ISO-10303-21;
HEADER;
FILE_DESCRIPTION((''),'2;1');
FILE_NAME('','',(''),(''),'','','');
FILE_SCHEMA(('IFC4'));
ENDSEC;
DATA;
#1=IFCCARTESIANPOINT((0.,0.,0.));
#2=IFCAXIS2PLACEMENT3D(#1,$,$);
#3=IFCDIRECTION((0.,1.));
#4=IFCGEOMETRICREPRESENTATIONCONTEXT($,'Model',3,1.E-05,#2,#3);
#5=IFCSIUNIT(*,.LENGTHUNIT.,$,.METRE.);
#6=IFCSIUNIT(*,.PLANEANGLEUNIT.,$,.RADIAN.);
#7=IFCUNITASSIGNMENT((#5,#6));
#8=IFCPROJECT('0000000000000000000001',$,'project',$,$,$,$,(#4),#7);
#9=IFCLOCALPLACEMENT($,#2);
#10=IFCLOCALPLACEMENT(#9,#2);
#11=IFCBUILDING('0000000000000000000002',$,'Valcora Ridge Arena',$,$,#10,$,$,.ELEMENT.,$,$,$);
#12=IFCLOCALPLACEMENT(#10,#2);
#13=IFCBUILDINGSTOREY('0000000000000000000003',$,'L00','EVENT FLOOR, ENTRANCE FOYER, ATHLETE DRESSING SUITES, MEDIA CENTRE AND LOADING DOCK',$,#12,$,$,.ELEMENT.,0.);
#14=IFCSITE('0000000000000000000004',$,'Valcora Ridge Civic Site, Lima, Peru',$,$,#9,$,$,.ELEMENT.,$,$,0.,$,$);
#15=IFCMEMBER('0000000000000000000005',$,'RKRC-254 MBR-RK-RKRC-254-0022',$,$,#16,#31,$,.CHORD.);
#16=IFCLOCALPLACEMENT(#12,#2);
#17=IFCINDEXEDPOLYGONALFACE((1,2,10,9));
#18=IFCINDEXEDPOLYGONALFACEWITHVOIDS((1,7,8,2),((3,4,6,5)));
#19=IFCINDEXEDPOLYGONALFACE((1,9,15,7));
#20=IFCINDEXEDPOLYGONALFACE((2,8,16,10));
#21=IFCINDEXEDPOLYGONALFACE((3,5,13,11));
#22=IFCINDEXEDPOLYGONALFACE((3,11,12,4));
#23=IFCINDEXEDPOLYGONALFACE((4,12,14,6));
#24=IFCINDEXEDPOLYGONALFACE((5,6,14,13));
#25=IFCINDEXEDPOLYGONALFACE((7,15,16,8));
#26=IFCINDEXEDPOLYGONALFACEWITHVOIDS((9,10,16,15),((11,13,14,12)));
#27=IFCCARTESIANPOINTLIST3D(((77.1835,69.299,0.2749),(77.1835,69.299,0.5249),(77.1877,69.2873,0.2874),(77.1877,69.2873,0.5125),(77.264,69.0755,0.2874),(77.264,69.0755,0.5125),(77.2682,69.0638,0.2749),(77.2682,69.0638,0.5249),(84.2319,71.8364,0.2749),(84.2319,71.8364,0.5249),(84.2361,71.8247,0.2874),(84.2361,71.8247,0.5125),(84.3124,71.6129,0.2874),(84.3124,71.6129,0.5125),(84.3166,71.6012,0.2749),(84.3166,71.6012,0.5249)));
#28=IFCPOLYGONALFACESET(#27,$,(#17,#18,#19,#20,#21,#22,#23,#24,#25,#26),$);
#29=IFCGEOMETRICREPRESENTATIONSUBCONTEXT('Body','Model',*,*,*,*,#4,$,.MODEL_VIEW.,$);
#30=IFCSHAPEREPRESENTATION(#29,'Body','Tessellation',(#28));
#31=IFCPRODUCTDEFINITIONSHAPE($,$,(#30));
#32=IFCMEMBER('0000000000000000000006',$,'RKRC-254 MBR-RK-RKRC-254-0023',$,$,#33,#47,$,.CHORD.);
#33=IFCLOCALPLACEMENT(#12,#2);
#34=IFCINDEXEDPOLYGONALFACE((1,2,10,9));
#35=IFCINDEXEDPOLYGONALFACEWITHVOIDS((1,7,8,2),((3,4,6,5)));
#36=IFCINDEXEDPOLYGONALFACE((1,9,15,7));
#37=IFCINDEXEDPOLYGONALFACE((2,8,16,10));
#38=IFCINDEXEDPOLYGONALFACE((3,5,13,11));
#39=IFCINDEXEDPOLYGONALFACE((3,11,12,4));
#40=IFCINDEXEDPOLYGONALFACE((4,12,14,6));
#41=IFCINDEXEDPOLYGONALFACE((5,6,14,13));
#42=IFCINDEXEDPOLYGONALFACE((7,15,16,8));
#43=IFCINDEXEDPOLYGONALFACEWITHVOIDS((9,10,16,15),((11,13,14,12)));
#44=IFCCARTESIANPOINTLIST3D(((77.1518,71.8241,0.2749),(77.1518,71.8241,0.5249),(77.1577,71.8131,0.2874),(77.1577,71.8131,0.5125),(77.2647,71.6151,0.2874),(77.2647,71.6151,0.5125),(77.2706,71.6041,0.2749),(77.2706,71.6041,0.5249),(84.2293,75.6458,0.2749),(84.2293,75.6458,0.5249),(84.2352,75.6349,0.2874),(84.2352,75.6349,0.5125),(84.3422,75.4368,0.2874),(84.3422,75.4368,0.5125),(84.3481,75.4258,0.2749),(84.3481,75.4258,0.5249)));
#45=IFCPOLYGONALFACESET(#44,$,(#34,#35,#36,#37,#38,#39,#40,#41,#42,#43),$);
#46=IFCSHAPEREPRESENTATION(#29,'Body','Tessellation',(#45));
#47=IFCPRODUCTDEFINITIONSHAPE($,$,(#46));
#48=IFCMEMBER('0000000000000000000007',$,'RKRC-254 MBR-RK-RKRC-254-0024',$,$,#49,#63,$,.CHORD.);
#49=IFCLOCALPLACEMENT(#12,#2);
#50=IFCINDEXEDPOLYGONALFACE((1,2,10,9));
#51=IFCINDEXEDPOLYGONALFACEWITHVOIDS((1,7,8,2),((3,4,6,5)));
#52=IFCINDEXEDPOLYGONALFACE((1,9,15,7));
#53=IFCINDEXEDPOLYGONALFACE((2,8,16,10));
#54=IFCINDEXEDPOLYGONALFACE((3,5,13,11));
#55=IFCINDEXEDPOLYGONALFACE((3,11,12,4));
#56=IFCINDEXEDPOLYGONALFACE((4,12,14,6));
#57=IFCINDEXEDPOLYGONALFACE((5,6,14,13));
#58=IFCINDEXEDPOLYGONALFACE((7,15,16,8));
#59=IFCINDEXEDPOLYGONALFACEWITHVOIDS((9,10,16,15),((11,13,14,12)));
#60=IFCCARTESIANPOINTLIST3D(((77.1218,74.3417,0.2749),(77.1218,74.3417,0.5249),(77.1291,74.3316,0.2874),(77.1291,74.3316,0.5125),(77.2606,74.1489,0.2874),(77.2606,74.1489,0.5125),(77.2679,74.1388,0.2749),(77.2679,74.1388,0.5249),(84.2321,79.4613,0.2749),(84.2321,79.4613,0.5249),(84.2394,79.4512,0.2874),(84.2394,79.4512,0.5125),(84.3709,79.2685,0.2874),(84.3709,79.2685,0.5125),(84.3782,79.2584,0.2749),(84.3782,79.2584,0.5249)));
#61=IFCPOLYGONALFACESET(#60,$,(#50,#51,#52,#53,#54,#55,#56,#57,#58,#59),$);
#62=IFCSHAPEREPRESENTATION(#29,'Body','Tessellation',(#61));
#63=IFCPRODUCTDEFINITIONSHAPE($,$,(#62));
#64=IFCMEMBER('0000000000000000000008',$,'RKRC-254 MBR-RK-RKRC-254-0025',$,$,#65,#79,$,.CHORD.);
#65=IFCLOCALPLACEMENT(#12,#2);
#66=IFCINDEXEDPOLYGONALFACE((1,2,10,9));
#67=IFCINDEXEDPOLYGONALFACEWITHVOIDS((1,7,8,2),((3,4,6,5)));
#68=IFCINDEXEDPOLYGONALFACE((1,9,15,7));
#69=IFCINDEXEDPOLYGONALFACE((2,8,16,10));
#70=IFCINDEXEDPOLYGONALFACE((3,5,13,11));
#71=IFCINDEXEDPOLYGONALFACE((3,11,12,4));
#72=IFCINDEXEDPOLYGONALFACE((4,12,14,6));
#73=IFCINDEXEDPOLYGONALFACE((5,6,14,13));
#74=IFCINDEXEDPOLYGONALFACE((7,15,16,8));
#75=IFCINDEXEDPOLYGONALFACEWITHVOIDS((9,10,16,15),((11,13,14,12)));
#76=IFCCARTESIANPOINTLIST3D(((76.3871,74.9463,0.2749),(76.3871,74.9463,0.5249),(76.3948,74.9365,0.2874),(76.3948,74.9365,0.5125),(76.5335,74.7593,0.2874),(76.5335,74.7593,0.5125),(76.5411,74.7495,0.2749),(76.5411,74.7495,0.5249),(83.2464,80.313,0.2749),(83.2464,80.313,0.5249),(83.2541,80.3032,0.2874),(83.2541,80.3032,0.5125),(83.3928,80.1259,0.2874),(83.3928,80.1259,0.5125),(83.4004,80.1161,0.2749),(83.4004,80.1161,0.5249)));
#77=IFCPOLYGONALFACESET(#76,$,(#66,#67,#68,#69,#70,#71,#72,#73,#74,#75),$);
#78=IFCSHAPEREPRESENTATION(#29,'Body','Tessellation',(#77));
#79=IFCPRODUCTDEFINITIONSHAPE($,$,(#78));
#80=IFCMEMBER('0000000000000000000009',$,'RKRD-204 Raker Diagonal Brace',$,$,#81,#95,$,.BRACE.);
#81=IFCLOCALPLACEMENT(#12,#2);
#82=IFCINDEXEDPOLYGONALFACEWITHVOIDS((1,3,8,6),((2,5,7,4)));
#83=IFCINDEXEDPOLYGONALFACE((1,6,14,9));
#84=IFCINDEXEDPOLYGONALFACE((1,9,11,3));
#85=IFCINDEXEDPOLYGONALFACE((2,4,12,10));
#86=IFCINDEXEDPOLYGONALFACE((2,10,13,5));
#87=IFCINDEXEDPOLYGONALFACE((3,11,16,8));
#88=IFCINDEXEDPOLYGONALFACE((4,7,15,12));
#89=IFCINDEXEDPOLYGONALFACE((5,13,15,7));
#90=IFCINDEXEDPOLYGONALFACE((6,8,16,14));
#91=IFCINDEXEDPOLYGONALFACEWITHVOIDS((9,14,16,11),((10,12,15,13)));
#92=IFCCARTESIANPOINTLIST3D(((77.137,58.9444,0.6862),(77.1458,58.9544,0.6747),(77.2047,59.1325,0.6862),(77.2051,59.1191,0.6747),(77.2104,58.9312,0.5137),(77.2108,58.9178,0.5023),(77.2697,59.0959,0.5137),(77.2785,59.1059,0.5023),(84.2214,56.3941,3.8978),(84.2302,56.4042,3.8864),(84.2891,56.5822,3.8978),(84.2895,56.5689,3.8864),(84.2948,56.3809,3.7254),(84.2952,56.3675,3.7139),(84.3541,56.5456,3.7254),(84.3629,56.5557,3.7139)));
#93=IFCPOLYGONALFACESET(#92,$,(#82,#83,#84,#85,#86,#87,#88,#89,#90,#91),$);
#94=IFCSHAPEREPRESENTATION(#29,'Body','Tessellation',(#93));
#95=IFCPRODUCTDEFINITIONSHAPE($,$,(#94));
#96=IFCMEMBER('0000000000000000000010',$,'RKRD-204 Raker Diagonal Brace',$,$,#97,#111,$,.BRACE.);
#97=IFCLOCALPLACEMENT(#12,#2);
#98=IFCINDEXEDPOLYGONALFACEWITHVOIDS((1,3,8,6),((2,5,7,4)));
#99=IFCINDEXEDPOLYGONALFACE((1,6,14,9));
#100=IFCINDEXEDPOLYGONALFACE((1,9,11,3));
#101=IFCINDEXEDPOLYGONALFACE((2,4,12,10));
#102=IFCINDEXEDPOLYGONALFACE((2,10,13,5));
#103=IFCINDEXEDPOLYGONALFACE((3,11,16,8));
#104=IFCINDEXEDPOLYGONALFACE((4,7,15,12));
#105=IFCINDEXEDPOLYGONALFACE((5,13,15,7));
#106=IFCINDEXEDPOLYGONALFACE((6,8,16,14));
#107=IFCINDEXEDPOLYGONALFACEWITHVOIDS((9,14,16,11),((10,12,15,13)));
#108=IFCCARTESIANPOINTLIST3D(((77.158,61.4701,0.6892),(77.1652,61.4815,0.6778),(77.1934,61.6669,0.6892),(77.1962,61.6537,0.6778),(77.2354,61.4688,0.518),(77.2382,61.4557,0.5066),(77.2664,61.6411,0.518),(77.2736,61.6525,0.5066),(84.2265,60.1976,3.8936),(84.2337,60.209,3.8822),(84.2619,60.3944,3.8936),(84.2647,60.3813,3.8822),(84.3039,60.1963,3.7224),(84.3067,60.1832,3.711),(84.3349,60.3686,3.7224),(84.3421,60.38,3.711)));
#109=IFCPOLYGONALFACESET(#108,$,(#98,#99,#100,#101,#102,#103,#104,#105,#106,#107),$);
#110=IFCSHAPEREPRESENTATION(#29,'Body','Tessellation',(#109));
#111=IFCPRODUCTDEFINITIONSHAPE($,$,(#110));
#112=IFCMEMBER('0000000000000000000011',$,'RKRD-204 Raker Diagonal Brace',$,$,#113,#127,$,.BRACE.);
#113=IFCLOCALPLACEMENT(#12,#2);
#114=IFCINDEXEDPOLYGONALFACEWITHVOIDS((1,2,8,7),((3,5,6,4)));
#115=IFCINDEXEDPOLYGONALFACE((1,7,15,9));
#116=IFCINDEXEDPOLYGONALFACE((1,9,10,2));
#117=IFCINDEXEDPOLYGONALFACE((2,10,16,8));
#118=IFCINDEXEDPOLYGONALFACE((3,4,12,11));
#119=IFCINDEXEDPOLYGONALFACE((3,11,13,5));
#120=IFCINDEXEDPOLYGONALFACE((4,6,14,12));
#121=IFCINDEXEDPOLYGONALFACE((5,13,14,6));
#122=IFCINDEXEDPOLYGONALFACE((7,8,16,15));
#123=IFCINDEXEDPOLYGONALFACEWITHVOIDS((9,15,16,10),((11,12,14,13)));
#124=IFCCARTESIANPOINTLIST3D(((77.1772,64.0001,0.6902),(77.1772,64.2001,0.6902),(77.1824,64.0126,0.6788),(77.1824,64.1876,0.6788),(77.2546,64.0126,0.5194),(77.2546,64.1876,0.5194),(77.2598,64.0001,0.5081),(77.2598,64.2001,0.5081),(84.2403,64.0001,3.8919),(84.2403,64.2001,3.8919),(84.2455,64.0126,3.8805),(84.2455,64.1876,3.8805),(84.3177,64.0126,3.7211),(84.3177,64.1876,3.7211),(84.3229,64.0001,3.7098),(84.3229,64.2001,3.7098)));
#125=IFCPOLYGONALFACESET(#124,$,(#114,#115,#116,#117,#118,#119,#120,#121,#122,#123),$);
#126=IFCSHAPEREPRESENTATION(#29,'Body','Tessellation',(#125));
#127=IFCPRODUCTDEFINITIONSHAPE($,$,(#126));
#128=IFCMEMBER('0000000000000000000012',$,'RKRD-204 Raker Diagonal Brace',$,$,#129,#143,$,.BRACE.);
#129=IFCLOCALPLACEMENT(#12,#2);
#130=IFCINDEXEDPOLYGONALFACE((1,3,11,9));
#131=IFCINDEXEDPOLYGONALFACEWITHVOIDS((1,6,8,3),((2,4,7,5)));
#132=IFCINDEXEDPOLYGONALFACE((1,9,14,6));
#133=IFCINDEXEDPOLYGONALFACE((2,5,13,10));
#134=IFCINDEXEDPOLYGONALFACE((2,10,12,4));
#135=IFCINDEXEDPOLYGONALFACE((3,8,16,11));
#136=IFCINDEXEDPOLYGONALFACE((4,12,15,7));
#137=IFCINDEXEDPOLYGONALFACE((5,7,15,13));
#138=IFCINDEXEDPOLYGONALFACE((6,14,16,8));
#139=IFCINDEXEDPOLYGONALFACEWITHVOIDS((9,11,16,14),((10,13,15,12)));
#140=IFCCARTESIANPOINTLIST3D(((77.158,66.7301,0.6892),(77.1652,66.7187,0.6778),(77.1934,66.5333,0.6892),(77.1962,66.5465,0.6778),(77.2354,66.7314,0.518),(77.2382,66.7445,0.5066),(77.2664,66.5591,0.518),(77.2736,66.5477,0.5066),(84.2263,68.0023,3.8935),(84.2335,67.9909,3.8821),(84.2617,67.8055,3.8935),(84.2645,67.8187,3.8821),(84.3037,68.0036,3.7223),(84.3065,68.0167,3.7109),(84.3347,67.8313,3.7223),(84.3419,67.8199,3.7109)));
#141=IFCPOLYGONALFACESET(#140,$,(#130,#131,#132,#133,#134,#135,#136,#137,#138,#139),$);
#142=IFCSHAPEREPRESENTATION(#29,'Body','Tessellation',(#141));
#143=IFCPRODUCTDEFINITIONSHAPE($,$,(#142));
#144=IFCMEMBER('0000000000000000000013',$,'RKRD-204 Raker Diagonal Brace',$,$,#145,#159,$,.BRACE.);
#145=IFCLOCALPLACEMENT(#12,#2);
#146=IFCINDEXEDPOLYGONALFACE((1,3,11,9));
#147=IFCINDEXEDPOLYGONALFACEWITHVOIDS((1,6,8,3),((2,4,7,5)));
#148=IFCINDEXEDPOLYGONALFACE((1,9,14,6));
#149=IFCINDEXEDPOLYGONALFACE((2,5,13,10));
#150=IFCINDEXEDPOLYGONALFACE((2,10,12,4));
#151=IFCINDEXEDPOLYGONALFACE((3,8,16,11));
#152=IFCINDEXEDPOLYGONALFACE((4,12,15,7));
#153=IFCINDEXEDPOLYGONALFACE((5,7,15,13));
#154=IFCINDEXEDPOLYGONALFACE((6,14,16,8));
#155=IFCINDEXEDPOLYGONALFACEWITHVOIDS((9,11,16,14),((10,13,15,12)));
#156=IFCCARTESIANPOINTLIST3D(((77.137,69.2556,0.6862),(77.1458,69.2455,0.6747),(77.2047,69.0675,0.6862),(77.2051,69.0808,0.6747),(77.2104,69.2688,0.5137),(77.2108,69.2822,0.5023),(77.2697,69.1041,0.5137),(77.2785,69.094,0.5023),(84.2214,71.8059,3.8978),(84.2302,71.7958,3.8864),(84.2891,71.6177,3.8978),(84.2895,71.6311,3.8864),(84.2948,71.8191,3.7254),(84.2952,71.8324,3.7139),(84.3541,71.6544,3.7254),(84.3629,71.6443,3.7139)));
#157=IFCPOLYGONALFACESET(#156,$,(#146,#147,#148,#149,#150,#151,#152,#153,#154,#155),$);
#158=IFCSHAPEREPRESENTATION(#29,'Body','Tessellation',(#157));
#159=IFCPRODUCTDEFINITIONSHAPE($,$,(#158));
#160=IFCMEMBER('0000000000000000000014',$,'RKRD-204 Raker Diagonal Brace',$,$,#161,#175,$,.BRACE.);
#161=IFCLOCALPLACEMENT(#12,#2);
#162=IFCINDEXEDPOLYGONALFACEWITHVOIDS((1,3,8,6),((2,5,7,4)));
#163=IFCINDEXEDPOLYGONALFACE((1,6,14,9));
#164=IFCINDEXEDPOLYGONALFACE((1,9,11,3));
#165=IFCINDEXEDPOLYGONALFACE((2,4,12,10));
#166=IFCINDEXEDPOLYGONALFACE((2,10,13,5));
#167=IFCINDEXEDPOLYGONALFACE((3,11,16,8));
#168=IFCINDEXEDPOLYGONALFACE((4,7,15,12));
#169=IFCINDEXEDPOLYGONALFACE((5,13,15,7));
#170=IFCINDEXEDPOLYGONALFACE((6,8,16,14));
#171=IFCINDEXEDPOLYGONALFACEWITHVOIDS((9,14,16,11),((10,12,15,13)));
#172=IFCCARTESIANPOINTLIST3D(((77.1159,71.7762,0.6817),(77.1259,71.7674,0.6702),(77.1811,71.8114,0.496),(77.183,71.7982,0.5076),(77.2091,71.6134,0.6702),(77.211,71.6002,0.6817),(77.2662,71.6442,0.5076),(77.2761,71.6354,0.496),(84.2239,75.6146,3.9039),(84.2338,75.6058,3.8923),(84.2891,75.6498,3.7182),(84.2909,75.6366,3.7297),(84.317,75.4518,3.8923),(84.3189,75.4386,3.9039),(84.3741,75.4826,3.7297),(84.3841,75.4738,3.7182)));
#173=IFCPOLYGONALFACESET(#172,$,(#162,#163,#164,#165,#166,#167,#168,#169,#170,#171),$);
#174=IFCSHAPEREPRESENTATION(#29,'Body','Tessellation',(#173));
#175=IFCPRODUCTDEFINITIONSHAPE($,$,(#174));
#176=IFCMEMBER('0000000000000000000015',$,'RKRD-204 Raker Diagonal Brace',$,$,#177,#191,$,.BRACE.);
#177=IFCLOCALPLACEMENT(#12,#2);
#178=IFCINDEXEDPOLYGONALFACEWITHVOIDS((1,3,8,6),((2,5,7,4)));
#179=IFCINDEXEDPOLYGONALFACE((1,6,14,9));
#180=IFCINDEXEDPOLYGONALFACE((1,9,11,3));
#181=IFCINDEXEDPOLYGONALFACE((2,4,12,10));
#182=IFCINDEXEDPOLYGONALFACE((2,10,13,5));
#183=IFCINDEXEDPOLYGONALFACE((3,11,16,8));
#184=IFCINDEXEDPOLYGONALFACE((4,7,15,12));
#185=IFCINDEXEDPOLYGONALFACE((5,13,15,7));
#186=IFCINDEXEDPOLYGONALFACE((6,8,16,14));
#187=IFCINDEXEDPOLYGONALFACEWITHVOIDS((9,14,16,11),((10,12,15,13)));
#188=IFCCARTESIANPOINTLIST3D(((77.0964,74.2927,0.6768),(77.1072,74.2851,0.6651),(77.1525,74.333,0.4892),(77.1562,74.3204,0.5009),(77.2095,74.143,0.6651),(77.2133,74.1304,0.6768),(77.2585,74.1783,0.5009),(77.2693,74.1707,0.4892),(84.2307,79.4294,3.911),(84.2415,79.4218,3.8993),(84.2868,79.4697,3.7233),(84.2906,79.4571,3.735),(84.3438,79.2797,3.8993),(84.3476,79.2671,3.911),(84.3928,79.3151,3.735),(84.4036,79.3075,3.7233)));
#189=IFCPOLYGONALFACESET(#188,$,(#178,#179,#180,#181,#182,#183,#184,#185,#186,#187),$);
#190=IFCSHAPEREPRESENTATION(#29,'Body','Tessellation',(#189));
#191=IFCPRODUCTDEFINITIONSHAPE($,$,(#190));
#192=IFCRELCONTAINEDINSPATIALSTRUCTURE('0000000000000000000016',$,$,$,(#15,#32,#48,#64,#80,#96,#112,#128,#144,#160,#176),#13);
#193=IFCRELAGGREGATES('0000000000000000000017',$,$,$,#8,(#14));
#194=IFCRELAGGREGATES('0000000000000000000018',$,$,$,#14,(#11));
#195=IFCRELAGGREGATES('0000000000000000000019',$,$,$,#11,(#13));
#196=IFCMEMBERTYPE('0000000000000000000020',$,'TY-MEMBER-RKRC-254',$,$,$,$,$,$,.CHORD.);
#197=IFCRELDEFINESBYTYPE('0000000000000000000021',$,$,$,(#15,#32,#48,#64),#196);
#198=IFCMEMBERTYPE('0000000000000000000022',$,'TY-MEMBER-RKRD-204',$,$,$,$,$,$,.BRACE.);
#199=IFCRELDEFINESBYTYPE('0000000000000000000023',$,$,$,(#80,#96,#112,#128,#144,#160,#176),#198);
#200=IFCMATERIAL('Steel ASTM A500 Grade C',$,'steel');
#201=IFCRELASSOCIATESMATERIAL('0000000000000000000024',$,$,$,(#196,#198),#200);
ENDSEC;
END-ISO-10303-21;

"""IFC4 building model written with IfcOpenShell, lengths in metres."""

from ifc_helpers import new_model, si_unit, direction, frame, origin, origin_2d, place, context, subcontext, project, spatial, hollow_rectangle, extrude, material, material_profile, profile_set, type_object, element, save


model = new_model("IFC4")

# Units and contexts
model_context = context("Model", 3, precision=1e-05, world=origin(), true_north=direction((0.0, 1.0)))
body_context = subcontext(model_context, "Body", "Model", "MODEL_VIEW")
ifc_project = project(units=[si_unit("LENGTHUNIT", "METRE"), si_unit("PLANEANGLEUNIT", "RADIAN")], contexts=[model_context])

# Site, building, storey
site_placement = place(None, origin())
site = spatial("IfcSite", under=ifc_project, at=site_placement, Name="Valcora Ridge Civic Site, Lima, Peru", CompositionType="ELEMENT", RefElevation=0.0)
building_placement = place(site_placement, origin())
building = spatial("IfcBuilding", under=site, at=building_placement, Name="Valcora Ridge Arena", CompositionType="ELEMENT")
storey_placement = place(building_placement, origin())
storey = spatial("IfcBuildingStorey", under=building, at=storey_placement, Name="L00", Description="EVENT FLOOR, ENTRANCE FOYER, ATHLETE DRESSING SUITES, MEDIA CENTRE AND LOADING DOCK", CompositionType="ELEMENT", Elevation=0.0)

# Members
ifc_material_1 = material(Name="Steel ASTM A500 Grade C", Category="steel")
ifc_material_profile_1 = material_profile(ifc_material_1, hollow_rectangle(XDim=0.25, YDim=0.25, WallThickness=0.0125, at=origin_2d()), Name="HSS250X250X12")
ifc_profile_set_1 = profile_set([ifc_material_profile_1], Name="Steel ASTM A500 Grade C")
member_type_1 = type_object("IfcMemberType", Name="TY-MEMBER-RKRC-254", PredefinedType="CHORD", material=ifc_profile_set_1)
member_1_placement = place(storey_placement, frame((77.2258, 69.1814, 0.3999), z_axis=(0.940889, 0.338714, 0.0), x_axis=(-0.338714, 0.940889, 0.0)))
element("IfcMember", 1, at=member_1_placement, inside=storey, type_object=member_type_1, Name="RKRC-254 MBR-RK-RKRC-254-0022", PredefinedType="CHORD", context=body_context, shape_type="SweptSolid", body=[
    extrude(hollow_rectangle(XDim=0.25, YDim=0.25, WallThickness=0.0125, at=origin_2d()), origin(), (0.0, 0.0, 1.0), 7.4912),
])
member_2_placement = place(storey_placement, frame((77.2112, 71.7141, 0.3999), z_axis=(0.879913, 0.475135, 0.0), x_axis=(-0.475135, 0.879913, 0.0)))
element("IfcMember", 2, at=member_2_placement, inside=storey, type_object=member_type_1, Name="RKRC-254 MBR-RK-RKRC-254-0023", PredefinedType="CHORD", context=body_context, shape_type="SweptSolid", body=[
    extrude(hollow_rectangle(XDim=0.25, YDim=0.25, WallThickness=0.0125, at=origin_2d()), origin(), (0.0, 0.0, 1.0), 8.0435),
])
member_3_placement = place(storey_placement, frame((77.1948, 74.2402, 0.3999), z_axis=(0.811525, 0.584318, 0.0), x_axis=(-0.584318, 0.811525, 0.0)))
element("IfcMember", 3, at=member_3_placement, inside=storey, type_object=member_type_1, Name="RKRC-254 MBR-RK-RKRC-254-0024", PredefinedType="CHORD", context=body_context, shape_type="SweptSolid", body=[
    extrude(hollow_rectangle(XDim=0.25, YDim=0.25, WallThickness=0.0125, at=origin_2d()), origin(), (0.0, 0.0, 1.0), 8.7617),
])
member_4_placement = place(storey_placement, frame((76.4641, 74.8479, 0.3999), z_axis=(0.787589, 0.616201, 0.0), x_axis=(-0.616201, 0.787589, 0.0)))
element("IfcMember", 4, at=member_4_placement, inside=storey, type_object=member_type_1, Name="RKRC-254 MBR-RK-RKRC-254-0025", PredefinedType="CHORD", context=body_context, shape_type="SweptSolid", body=[
    extrude(hollow_rectangle(XDim=0.25, YDim=0.25, WallThickness=0.0125, at=origin_2d()), origin(), (0.0, 0.0, 1.0), 8.7092),
])
ifc_material_profile_2 = material_profile(ifc_material_1, hollow_rectangle(XDim=0.2, YDim=0.2, WallThickness=0.0125, at=origin_2d()), Name="HSS200X200X12")
ifc_profile_set_2 = profile_set([ifc_material_profile_2], Name="Steel ASTM A500 Grade C")
member_type_2 = type_object("IfcMemberType", Name="TY-MEMBER-RKRD-204", PredefinedType="BRACE", material=ifc_profile_set_2)
member_5_placement = place(storey_placement, frame((77.2078, 59.0251, 0.5942), z_axis=(0.865451, -0.311548, 0.392343), x_axis=(0.338706, 0.940892, 0.0)))
element("IfcMember", 5, at=member_5_placement, inside=storey, type_object=member_type_2, Name="RKRD-204 Raker Diagonal Brace", PredefinedType="BRACE", context=body_context, shape_type="SweptSolid", body=[
    extrude(hollow_rectangle(XDim=0.2, YDim=0.2, WallThickness=0.0125, at=origin_2d()), origin(), (0.0, 0.0, 1.0), 8.1858),
])
member_6_placement = place(storey_placement, frame((77.2158, 61.5613, 0.5979), z_axis=(0.89878, -0.1618, 0.40745), x_axis=(0.177174, 0.98418, 0.0)))
element("IfcMember", 6, at=member_6_placement, inside=storey, type_object=member_type_2, Name="RKRD-204 Raker Diagonal Brace", PredefinedType="BRACE", context=body_context, shape_type="SweptSolid", body=[
    extrude(hollow_rectangle(XDim=0.2, YDim=0.2, WallThickness=0.0125, at=origin_2d()), origin(), (0.0, 0.0, 1.0), 7.8645),
])
member_7_placement = place(storey_placement, frame((77.2185, 64.1001, 0.5991), z_axis=(0.910793, 0.0, 0.412863), x_axis=(0.0, 1.0, 0.0)))
element("IfcMember", 7, at=member_7_placement, inside=storey, type_object=member_type_2, Name="RKRD-204 Raker Diagonal Brace", PredefinedType="BRACE", context=body_context, shape_type="SweptSolid", body=[
    extrude(hollow_rectangle(XDim=0.2, YDim=0.2, WallThickness=0.0125, at=origin_2d()), origin(), (0.0, 0.0, 1.0), 7.7549),
])
member_8_placement = place(storey_placement, frame((77.2158, 66.6389, 0.5979), z_axis=(0.898784, 0.16177, 0.407452), x_axis=(-0.177141, 0.984185, 0.0)))
element("IfcMember", 8, at=member_8_placement, inside=storey, type_object=member_type_2, Name="RKRD-204 Raker Diagonal Brace", PredefinedType="BRACE", context=body_context, shape_type="SweptSolid", body=[
    extrude(hollow_rectangle(XDim=0.2, YDim=0.2, WallThickness=0.0125, at=origin_2d()), origin(), (0.0, 0.0, 1.0), 7.8643),
])
member_9_placement = place(storey_placement, frame((77.2078, 69.1748, 0.5942), z_axis=(0.865451, 0.311548, 0.392343), x_axis=(-0.338706, 0.940892, 0.0)))
element("IfcMember", 9, at=member_9_placement, inside=storey, type_object=member_type_2, Name="RKRD-204 Raker Diagonal Brace", PredefinedType="BRACE", context=body_context, shape_type="SweptSolid", body=[
    extrude(hollow_rectangle(XDim=0.2, YDim=0.2, WallThickness=0.0125, at=origin_2d()), origin(), (0.0, 0.0, 1.0), 8.1858),
])
member_10_placement = place(storey_placement, frame((77.196, 71.7058, 0.5889), z_axis=(0.817282, 0.441345, 0.370492), x_axis=(-0.475159, 0.8799, 0.0)))
element("IfcMember", 10, at=member_10_placement, inside=storey, type_object=member_type_2, Name="RKRD-204 Raker Diagonal Brace", PredefinedType="BRACE", context=body_context, shape_type="SweptSolid", body=[
    extrude(hollow_rectangle(XDim=0.2, YDim=0.2, WallThickness=0.0125, at=origin_2d()), origin(), (0.0, 0.0, 1.0), 8.697),
])
member_11_placement = place(storey_placement, frame((77.1829, 74.2317, 0.583), z_axis=(0.761628, 0.548376, 0.345263), x_axis=(-0.584308, 0.811532, 0.0)))
element("IfcMember", 11, at=member_11_placement, inside=storey, type_object=member_type_2, Name="RKRD-204 Raker Diagonal Brace", PredefinedType="BRACE", context=body_context, shape_type="SweptSolid", body=[
    extrude(hollow_rectangle(XDim=0.2, YDim=0.2, WallThickness=0.0125, at=origin_2d()), origin(), (0.0, 0.0, 1.0), 9.3672),
])

save(model, "model.ifc")
